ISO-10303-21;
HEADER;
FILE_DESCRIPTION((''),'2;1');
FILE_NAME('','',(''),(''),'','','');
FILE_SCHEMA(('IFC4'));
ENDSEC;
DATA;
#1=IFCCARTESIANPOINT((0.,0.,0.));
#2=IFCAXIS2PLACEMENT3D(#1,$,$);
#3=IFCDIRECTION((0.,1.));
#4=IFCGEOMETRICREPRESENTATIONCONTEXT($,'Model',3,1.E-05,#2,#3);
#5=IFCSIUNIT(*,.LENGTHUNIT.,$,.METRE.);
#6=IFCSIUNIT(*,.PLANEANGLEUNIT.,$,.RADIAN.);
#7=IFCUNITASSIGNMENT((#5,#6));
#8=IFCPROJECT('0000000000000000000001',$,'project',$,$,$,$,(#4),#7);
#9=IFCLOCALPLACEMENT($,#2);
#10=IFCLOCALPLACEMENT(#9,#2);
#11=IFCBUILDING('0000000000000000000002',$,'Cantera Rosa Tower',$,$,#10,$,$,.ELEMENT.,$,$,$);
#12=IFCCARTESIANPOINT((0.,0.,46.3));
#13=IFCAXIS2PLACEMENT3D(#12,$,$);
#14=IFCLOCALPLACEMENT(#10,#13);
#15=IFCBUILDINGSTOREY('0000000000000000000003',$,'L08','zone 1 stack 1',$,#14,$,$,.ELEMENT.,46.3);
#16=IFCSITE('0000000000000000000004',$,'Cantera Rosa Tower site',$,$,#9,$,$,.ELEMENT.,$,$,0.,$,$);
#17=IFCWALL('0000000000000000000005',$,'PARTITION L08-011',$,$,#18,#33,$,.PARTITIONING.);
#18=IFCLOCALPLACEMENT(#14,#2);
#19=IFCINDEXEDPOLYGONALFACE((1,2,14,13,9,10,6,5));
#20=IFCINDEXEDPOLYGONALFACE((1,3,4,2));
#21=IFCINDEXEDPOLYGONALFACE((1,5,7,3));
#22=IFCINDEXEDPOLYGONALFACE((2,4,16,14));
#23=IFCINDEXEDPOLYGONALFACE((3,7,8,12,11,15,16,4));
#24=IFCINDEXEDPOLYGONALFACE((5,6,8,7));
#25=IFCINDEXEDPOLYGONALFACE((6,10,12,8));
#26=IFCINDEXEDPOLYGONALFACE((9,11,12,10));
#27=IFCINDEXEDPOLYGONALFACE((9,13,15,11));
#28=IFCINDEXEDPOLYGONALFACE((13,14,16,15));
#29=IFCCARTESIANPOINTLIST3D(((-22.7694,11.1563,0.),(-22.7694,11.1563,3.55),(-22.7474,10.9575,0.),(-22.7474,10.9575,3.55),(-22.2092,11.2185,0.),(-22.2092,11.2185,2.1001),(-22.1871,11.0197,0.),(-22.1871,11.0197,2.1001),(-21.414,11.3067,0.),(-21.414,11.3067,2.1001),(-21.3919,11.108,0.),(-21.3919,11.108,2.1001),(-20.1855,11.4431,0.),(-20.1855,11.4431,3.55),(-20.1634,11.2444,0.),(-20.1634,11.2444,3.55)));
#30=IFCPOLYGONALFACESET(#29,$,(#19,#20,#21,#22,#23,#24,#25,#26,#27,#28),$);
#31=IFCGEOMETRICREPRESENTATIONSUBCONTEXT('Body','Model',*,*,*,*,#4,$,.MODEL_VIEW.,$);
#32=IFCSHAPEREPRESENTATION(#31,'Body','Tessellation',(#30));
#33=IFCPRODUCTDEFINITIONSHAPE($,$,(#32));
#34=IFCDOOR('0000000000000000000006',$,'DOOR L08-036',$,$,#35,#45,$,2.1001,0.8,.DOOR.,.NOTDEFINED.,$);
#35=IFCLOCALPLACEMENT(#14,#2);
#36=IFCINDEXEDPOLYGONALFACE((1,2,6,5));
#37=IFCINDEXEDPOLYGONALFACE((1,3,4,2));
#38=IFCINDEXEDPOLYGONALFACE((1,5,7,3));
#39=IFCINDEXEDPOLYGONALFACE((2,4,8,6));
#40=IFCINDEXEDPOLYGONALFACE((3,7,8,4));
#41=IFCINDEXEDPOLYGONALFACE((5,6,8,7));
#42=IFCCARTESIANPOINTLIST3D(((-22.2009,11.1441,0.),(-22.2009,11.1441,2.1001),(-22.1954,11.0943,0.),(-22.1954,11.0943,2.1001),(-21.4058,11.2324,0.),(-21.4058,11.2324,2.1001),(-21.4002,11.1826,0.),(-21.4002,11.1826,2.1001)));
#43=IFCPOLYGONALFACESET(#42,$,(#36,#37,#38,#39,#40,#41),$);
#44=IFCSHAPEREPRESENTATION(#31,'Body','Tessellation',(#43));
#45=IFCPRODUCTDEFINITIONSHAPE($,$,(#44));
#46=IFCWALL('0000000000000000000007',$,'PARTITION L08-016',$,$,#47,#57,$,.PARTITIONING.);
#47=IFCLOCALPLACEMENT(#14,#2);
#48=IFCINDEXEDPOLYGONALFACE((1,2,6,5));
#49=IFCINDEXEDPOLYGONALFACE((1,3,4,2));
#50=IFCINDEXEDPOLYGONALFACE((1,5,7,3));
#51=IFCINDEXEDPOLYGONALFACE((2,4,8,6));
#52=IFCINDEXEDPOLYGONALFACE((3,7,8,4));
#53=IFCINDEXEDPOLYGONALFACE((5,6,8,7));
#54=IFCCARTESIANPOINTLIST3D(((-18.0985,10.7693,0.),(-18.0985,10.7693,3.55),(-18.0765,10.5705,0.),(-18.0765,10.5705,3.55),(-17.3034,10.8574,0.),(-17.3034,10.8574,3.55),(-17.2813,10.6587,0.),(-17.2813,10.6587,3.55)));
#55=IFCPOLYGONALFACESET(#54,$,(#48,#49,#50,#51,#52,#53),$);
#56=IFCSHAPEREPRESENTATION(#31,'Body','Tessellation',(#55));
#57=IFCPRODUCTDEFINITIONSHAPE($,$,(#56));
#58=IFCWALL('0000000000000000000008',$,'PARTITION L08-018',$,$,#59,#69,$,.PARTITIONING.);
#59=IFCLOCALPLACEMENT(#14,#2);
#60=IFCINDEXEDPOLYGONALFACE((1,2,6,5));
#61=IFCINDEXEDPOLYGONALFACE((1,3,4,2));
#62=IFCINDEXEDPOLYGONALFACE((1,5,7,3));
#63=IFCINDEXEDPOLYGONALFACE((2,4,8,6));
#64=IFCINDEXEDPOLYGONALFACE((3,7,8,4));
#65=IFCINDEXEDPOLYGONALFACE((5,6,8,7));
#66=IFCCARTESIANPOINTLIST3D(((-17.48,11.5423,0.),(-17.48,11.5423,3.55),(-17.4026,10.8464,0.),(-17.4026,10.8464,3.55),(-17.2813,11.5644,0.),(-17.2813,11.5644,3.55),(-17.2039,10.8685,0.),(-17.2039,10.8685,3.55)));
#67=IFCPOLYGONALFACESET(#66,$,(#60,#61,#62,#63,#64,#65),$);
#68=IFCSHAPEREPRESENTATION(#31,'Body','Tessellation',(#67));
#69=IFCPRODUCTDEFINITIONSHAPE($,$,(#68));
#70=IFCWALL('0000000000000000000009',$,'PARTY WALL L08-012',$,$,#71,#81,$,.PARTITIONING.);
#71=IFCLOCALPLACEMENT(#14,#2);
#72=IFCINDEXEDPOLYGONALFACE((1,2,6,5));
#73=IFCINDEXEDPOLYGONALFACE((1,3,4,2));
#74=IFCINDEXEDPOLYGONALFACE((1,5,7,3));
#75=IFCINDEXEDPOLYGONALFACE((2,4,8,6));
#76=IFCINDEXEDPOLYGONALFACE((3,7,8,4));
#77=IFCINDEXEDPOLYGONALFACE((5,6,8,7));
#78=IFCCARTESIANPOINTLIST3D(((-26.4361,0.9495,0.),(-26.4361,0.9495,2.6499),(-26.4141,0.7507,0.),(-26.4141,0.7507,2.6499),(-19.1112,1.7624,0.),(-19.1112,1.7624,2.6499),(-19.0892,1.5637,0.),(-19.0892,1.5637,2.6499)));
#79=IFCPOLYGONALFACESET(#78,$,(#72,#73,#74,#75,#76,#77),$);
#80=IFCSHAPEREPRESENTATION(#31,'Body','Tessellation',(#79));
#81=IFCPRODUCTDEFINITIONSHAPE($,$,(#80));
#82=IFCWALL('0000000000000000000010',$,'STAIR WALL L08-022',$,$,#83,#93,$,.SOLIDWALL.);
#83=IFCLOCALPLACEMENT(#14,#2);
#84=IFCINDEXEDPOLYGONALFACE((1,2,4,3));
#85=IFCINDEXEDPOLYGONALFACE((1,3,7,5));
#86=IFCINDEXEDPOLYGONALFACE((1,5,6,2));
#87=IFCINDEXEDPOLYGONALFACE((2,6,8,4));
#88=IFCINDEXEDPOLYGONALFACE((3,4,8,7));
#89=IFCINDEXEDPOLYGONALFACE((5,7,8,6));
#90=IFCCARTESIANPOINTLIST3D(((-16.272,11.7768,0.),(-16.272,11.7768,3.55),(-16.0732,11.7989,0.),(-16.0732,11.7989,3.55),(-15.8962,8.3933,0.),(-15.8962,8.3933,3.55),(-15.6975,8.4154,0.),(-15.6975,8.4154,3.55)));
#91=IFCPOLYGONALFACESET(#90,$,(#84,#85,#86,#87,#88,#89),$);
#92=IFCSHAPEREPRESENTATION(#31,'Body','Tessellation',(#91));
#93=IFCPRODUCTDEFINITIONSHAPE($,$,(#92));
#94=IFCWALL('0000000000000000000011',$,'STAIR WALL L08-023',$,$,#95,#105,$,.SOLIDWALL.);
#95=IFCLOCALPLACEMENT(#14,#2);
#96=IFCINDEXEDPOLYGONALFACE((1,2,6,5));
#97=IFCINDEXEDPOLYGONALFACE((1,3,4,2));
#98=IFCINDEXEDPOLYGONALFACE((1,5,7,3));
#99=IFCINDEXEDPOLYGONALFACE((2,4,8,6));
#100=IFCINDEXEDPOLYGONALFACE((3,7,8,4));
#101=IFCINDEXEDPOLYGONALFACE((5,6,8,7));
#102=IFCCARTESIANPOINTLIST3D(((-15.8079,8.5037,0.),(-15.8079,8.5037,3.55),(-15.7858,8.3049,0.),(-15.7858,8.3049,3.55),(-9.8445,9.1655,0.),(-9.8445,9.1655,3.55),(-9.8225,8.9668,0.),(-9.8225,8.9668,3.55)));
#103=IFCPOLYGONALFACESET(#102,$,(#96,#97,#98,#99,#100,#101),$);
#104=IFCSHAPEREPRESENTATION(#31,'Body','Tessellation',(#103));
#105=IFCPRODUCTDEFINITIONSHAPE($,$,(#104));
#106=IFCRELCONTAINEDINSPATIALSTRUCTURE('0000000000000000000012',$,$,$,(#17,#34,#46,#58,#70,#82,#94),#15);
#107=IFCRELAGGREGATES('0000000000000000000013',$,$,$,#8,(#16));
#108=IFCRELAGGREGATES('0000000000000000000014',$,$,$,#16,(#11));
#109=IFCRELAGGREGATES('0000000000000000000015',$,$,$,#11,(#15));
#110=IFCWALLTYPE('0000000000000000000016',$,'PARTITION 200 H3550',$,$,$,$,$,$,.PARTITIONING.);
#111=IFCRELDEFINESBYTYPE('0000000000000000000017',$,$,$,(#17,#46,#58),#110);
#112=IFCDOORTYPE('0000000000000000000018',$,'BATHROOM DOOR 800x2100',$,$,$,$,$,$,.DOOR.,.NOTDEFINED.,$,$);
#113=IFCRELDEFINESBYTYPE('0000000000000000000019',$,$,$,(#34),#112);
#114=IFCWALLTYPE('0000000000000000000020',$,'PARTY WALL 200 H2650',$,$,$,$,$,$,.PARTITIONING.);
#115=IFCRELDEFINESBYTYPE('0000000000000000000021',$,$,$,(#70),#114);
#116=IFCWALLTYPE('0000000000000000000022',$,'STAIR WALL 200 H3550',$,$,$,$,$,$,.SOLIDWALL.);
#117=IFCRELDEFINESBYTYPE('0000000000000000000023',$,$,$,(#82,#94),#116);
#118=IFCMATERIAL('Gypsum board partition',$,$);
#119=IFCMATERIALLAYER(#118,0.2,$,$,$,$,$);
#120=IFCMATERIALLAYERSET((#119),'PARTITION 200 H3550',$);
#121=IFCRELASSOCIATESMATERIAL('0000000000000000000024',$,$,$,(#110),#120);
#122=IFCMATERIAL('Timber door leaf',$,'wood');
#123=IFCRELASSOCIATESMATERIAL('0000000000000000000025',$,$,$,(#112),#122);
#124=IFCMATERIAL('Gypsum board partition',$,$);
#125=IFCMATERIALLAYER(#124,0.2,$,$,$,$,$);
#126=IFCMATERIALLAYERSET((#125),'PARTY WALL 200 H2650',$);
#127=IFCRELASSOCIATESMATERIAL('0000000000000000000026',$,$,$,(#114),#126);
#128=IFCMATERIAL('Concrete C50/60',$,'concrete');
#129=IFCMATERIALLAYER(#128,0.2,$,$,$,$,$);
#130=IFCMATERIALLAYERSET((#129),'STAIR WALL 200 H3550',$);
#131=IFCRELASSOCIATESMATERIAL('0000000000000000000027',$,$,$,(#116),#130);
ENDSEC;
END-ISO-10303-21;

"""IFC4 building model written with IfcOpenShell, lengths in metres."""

from ifc_helpers import new_model, si_unit, direction, frame, frame_2d, origin, place, context, subcontext, project, spatial, rectangle, extrude, material, layer, layer_set, type_object, element, fill, save


model = new_model("IFC4")

# Units and contexts
model_context = context("Model", 3, precision=1e-05, world=origin(), true_north=direction((0.0, 1.0)))
body_context = subcontext(model_context, "Body", "Model", "MODEL_VIEW")
ifc_project = project(units=[si_unit("LENGTHUNIT", "METRE"), si_unit("PLANEANGLEUNIT", "RADIAN")], contexts=[model_context])

# Site, building, storey
site_placement = place(None, origin())
site = spatial("IfcSite", under=ifc_project, at=site_placement, Name="Cantera Rosa Tower site", CompositionType="ELEMENT", RefElevation=0.0)
building_placement = place(site_placement, origin())
building = spatial("IfcBuilding", under=site, at=building_placement, Name="Cantera Rosa Tower", CompositionType="ELEMENT")
storey_placement = place(building_placement, frame((0.0, 0.0, 46.3)))
storey = spatial("IfcBuildingStorey", under=building, at=storey_placement, Name="L08", Description="zone 1 stack 1", CompositionType="ELEMENT", Elevation=46.3)

# Wall, opening, door
ifc_material_1 = material(Name="Gypsum board partition")
ifc_layer_1 = layer(ifc_material_1, 0.2)
ifc_layer_set_1 = layer_set([ifc_layer_1], Name="PARTITION 200 H3550")
wall_type_1 = type_object("IfcWallType", Name="PARTITION 200 H3550", PredefinedType="PARTITIONING", material=ifc_layer_set_1)
wall_1_placement = place(storey_placement, frame((-20.1746, 11.3438, 0.0), z_axis=(0.0, 0.0, 1.0), x_axis=(-0.993894, -0.110339, 0.0)))
wall_1 = element("IfcWall", 1, at=wall_1_placement, inside=storey, type_object=wall_type_1, Name="PARTITION L08-011", PredefinedType="PARTITIONING", context=body_context, shape_type="SweptSolid", body=[
    extrude(rectangle(XDim=2.5999, YDim=0.2, at=frame_2d((1.2998, 0.0))), origin(), (0.0, 0.0, 1.0), 3.55),
])
opening_1_placement = place(wall_1_placement, frame((1.2361, 0.0, 0.0)))
opening_1 = element("IfcOpeningElement", 2, at=opening_1_placement, cuts=wall_1, PredefinedType="OPENING", context=body_context, shape_type="SweptSolid", body=[
    extrude(rectangle(XDim=0.8, YDim=2.1001, at=frame_2d((0.3999, 1.05))), frame((0.0, 0.1099, 0.0), z_axis=(0.0, -1.0, 0.0), x_axis=(1.0, 0.0, 0.0)), (0.0, 0.0, 1.0), 0.22),
])
ifc_material_2 = material(Name="Timber door leaf", Category="wood")
door_type_1 = type_object("IfcDoorType", Name="BATHROOM DOOR 800x2100", OperationType="NOTDEFINED", PredefinedType="DOOR", material=ifc_material_2)
door_1_placement = place(opening_1_placement, origin())
door_1 = element("IfcDoor", 3, at=door_1_placement, inside=storey, type_object=door_type_1, Name="DOOR L08-036", OperationType="NOTDEFINED", OverallHeight=2.1001, OverallWidth=0.8, PredefinedType="DOOR", context=body_context, shape_type="SweptSolid", body=[
    extrude(rectangle(XDim=0.8, YDim=2.1001, at=frame_2d((0.3999, 1.05))), frame((0.0, 0.0249, 0.0), z_axis=(0.0, -1.0, 0.0), x_axis=(1.0, 0.0, 0.0)), (0.0, 0.0, 1.0), 0.05),
])
fill(opening_1, door_1)

# Walls
wall_2_placement = place(storey_placement, frame((-18.0874, 10.6699, 0.0), z_axis=(0.0, 0.0, 1.0), x_axis=(0.993913, 0.110164, 0.0)))
element("IfcWall", 4, at=wall_2_placement, inside=storey, type_object=wall_type_1, Name="PARTITION L08-016", PredefinedType="PARTITIONING", context=body_context, shape_type="SweptSolid", body=[
    extrude(rectangle(XDim=0.8, YDim=0.2, at=frame_2d((0.3999, 0.0))), origin(), (0.0, 0.0, 1.0), 3.55),
])
wall_3_placement = place(storey_placement, frame((-17.3032, 10.8574, 0.0), z_axis=(0.0, 0.0, 1.0), x_axis=(-0.110546, 0.993871, 0.0)))
element("IfcWall", 5, at=wall_3_placement, inside=storey, type_object=wall_type_1, Name="PARTITION L08-018", PredefinedType="PARTITIONING", context=body_context, shape_type="SweptSolid", body=[
    extrude(rectangle(XDim=0.7002, YDim=0.2, at=frame_2d((0.3501, 0.0))), origin(), (0.0, 0.0, 1.0), 3.55),
])
ifc_material_3 = material(Name="Gypsum board partition")
ifc_layer_2 = layer(ifc_material_3, 0.2)
ifc_layer_set_2 = layer_set([ifc_layer_2], Name="PARTY WALL 200 H2650")
wall_type_2 = type_object("IfcWallType", Name="PARTY WALL 200 H2650", PredefinedType="PARTITIONING", material=ifc_layer_set_2)
wall_4_placement = place(storey_placement, frame((-19.1001, 1.6631, 0.0), z_axis=(0.0, 0.0, 1.0), x_axis=(-0.993897, -0.110312, 0.0)))
element("IfcWall", 6, at=wall_4_placement, inside=storey, type_object=wall_type_2, Name="PARTY WALL L08-012", PredefinedType="PARTITIONING", context=body_context, shape_type="SweptSolid", body=[
    extrude(rectangle(XDim=7.3699, YDim=0.2, at=frame_2d((3.6851, 0.0))), origin(), (0.0, 0.0, 1.0), 2.6499),
])
ifc_material_4 = material(Name="Concrete C50/60", Category="concrete")
ifc_layer_3 = layer(ifc_material_4, 0.2)
ifc_layer_set_3 = layer_set([ifc_layer_3], Name="STAIR WALL 200 H3550")
wall_type_3 = type_object("IfcWallType", Name="STAIR WALL 200 H3550", PredefinedType="SOLIDWALL", material=ifc_layer_set_3)
wall_5_placement = place(storey_placement, frame((-16.1726, 11.7878, 0.0), z_axis=(0.0, 0.0, 1.0), x_axis=(0.110369, -0.993891, 0.0)))
element("IfcWall", 7, at=wall_5_placement, inside=storey, type_object=wall_type_3, Name="STAIR WALL L08-022", PredefinedType="SOLIDWALL", context=body_context, shape_type="SweptSolid", body=[
    extrude(rectangle(XDim=3.4043, YDim=0.2, at=frame_2d((1.7021, 0.0))), origin(), (0.0, 0.0, 1.0), 3.55),
])
wall_6_placement = place(storey_placement, frame((-15.7969, 8.4043, 0.0), z_axis=(0.0, 0.0, 1.0), x_axis=(0.993897, 0.110311, 0.0)))
element("IfcWall", 8, at=wall_6_placement, inside=storey, type_object=wall_type_3, Name="STAIR WALL L08-023", PredefinedType="SOLIDWALL", context=body_context, shape_type="SweptSolid", body=[
    extrude(rectangle(XDim=6.0, YDim=0.2, at=frame_2d((3.0, 0.0))), origin(), (0.0, 0.0, 1.0), 3.55),
])

save(model, "model.ifc")
